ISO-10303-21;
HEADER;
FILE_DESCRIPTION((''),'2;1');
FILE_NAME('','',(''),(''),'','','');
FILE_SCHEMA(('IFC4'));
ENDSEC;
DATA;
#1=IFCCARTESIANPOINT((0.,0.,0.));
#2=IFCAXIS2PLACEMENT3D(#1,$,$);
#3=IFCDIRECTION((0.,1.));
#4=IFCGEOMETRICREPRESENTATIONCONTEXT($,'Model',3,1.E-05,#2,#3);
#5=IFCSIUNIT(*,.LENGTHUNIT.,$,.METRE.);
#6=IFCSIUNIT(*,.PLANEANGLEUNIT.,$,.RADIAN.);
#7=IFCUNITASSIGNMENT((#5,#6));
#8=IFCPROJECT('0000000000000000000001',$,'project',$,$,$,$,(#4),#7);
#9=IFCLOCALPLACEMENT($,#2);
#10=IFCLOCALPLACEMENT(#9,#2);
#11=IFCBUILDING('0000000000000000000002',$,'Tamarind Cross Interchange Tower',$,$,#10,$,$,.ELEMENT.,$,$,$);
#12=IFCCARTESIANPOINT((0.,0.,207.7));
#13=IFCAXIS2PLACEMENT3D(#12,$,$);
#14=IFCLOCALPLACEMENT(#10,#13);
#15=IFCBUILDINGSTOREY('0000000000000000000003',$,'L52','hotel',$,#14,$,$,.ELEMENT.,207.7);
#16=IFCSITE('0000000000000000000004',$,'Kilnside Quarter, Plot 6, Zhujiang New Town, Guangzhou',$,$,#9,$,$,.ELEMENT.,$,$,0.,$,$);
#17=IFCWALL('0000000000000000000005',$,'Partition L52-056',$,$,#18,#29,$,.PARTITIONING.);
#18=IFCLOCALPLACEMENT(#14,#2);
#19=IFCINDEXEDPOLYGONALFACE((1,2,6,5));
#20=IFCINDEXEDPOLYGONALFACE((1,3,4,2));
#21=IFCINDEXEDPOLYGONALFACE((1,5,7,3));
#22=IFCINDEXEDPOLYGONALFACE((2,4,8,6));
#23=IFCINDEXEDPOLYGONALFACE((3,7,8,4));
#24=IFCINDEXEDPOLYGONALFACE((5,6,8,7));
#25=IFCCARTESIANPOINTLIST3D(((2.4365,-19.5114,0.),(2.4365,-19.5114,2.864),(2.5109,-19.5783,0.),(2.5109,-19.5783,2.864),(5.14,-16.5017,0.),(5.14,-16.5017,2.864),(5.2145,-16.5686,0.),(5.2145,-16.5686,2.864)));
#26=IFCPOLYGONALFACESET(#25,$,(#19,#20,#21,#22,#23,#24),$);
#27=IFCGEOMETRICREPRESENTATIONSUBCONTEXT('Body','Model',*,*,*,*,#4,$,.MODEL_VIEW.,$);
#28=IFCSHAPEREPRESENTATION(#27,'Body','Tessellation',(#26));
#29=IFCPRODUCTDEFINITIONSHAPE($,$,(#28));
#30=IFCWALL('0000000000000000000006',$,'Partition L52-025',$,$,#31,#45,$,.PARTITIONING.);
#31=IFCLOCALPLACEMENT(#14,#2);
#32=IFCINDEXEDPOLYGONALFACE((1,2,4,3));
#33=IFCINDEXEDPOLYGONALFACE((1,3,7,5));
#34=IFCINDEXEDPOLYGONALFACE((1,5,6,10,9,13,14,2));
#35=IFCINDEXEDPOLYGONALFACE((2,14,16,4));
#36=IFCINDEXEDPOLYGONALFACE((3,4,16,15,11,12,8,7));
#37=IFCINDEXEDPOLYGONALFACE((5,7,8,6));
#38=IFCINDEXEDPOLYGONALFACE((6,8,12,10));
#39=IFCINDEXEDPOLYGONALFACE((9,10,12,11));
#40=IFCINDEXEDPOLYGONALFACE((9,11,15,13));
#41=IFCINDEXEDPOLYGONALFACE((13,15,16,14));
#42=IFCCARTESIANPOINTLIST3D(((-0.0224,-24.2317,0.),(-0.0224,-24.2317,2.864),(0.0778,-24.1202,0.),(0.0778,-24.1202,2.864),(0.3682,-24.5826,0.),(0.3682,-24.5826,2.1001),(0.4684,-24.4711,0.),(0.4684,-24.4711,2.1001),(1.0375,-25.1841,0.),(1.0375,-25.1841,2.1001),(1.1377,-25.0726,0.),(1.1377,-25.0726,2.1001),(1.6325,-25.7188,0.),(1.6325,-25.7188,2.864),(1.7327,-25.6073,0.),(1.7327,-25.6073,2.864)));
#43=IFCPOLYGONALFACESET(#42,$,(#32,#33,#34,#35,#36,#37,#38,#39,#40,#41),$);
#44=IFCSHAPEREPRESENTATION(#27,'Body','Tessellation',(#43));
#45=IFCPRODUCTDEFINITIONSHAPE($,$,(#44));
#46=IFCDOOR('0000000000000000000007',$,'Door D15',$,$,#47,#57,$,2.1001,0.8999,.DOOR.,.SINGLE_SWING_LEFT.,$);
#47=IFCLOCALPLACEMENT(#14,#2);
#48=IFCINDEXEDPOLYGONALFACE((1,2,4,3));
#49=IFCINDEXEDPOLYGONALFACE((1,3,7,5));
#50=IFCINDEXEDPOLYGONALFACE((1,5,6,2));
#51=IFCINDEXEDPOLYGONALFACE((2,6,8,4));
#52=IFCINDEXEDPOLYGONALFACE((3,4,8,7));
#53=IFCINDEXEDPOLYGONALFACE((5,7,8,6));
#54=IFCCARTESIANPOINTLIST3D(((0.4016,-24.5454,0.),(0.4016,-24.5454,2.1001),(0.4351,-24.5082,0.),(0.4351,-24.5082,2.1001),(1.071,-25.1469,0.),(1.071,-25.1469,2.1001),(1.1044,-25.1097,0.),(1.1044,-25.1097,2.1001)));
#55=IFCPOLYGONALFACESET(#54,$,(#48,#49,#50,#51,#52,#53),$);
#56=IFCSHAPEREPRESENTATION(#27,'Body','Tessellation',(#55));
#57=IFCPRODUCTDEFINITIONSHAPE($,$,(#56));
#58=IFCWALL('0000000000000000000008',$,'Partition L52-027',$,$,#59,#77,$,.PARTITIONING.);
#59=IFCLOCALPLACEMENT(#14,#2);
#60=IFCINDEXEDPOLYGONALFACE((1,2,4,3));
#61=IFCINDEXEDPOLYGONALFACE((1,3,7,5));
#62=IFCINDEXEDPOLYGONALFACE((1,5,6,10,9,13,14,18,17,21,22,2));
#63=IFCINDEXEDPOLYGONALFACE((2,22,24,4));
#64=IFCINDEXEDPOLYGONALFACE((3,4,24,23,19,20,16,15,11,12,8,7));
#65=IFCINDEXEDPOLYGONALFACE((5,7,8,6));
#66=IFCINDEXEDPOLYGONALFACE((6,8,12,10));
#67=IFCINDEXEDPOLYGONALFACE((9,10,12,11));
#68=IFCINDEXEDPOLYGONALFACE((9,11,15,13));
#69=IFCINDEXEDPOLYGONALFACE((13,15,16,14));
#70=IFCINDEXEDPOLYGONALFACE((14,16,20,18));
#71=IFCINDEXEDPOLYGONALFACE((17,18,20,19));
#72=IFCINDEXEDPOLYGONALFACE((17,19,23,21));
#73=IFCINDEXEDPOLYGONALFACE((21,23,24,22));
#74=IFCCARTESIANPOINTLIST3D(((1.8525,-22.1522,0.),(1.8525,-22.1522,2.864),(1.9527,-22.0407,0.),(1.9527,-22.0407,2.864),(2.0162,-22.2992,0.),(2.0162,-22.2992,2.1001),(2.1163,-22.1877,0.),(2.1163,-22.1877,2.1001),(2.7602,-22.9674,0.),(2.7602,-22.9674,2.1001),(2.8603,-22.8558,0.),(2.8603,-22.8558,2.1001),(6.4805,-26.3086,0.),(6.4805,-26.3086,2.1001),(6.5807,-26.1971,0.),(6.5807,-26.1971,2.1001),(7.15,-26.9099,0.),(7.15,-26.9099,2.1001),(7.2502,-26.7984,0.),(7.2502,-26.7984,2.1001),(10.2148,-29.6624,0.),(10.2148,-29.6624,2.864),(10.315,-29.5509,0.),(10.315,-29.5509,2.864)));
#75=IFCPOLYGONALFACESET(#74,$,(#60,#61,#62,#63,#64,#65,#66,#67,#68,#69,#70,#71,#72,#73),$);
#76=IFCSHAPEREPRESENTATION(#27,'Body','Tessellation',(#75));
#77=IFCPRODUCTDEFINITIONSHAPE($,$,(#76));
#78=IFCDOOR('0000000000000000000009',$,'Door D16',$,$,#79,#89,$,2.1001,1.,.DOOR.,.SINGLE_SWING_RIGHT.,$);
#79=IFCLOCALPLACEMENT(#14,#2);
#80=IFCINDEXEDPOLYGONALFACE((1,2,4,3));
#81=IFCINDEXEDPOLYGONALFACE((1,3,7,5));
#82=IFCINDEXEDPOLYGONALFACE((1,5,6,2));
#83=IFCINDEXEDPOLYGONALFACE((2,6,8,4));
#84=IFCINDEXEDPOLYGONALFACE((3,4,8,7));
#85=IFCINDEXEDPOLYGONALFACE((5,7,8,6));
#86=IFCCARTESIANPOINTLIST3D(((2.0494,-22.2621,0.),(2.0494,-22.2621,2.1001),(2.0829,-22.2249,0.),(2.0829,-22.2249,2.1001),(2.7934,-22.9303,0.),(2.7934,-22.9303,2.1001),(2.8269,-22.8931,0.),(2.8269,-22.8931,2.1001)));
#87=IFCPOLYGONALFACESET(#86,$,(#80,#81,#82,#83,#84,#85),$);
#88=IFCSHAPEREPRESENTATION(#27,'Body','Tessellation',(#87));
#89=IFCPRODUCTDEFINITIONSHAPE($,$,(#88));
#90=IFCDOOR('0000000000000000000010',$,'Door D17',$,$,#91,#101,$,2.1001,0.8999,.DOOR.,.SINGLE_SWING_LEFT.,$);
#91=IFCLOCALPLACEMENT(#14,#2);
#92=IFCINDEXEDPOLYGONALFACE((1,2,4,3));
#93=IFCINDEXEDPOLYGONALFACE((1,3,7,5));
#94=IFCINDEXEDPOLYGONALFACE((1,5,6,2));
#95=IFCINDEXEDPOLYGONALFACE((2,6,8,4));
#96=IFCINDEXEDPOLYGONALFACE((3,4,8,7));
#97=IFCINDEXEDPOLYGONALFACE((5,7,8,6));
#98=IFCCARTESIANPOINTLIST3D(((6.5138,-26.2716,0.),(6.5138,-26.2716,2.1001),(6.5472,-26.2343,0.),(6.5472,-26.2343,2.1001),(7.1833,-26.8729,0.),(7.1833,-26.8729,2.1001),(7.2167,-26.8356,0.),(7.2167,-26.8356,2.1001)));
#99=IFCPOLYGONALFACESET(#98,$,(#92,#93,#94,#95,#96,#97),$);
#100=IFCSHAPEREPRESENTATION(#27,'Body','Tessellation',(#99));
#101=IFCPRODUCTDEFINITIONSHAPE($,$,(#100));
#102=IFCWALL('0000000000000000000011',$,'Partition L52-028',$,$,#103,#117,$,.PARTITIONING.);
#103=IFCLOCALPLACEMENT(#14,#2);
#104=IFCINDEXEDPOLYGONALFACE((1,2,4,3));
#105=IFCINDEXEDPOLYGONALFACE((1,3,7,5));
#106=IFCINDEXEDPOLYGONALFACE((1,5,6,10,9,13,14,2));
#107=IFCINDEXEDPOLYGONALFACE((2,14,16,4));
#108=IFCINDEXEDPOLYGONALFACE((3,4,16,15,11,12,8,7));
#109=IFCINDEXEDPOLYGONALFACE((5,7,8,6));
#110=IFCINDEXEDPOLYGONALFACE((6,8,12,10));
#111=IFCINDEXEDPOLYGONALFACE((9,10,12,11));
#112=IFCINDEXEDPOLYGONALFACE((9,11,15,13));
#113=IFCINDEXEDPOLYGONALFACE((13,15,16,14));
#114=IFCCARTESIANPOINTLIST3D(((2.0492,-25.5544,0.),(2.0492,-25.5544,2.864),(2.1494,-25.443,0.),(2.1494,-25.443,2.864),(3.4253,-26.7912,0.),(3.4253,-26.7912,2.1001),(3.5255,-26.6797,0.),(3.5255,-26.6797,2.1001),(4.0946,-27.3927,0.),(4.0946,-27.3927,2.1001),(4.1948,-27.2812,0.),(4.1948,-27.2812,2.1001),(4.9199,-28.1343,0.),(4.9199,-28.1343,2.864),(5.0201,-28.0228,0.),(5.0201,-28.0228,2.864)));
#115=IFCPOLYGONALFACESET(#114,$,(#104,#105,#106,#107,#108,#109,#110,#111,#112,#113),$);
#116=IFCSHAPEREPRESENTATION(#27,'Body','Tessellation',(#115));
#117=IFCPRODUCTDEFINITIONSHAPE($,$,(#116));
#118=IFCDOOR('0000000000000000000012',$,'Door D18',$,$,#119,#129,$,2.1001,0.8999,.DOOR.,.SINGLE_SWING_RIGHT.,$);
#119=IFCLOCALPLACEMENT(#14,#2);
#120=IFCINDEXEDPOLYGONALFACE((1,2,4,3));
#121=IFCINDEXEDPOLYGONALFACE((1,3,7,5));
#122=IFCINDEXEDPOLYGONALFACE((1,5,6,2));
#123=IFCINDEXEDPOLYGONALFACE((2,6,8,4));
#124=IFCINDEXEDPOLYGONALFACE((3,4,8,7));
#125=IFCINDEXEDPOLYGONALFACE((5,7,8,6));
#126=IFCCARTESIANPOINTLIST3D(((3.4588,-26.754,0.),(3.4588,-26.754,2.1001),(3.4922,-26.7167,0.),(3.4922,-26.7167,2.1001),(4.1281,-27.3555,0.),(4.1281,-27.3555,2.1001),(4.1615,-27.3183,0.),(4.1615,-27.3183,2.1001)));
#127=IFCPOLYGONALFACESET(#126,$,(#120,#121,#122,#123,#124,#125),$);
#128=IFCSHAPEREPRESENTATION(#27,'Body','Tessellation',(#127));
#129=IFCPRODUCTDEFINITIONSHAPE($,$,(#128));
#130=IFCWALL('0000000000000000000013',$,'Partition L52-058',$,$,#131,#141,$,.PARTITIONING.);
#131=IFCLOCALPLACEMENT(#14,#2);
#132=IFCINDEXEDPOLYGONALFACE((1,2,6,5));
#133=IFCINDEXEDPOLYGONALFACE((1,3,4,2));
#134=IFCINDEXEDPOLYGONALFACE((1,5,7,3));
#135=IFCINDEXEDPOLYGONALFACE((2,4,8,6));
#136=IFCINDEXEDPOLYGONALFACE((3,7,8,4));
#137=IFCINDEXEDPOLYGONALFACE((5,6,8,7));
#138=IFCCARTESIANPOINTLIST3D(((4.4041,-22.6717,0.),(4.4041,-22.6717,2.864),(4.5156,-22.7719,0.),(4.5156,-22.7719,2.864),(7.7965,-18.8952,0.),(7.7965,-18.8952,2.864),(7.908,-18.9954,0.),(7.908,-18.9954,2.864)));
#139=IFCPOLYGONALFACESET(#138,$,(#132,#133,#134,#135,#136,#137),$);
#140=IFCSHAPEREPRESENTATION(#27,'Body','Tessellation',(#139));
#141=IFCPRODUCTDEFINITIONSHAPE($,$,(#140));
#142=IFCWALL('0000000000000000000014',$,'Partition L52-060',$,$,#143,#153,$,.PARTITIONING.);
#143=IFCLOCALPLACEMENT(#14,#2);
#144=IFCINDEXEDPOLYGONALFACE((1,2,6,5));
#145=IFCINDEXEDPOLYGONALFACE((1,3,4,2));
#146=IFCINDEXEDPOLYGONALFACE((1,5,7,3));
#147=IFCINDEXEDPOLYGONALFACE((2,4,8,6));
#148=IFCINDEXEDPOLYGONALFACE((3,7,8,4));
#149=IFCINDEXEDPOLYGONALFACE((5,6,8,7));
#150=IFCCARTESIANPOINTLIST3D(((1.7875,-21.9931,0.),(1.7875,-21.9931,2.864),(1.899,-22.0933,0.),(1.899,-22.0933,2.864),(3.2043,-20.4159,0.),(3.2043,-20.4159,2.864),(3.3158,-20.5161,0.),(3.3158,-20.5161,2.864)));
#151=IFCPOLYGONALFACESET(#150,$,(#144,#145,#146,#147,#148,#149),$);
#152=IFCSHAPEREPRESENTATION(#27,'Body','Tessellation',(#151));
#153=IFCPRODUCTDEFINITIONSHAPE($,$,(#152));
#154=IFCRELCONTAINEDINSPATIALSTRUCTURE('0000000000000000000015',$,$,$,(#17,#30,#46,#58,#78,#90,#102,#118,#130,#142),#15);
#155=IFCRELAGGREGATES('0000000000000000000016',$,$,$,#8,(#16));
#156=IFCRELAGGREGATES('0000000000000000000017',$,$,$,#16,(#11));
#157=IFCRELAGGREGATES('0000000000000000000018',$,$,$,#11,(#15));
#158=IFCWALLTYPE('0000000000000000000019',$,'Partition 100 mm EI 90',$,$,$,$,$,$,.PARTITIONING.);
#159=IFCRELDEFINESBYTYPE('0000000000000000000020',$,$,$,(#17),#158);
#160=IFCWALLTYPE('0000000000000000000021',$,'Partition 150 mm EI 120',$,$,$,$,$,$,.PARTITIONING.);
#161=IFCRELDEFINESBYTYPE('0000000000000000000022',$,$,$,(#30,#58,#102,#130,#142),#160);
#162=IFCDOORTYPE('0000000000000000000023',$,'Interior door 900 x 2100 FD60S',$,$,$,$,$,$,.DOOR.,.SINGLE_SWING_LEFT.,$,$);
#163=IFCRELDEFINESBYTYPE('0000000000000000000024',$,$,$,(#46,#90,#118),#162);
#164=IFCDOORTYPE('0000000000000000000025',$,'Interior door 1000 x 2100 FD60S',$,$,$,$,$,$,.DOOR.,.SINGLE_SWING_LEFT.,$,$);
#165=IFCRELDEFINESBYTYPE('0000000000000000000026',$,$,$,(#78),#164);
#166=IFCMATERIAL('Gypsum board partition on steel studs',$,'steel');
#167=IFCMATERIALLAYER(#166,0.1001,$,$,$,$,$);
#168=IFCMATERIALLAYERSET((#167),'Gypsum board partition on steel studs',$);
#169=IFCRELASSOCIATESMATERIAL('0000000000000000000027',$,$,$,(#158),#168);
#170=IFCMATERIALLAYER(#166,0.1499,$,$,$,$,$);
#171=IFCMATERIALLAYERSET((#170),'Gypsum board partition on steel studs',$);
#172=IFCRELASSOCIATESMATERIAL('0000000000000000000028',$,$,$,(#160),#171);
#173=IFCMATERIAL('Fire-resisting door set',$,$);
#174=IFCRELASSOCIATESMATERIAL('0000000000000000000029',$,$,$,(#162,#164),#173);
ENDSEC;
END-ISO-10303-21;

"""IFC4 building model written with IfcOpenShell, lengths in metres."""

from ifc_helpers import new_model, si_unit, direction, frame, frame_2d, origin, place, context, subcontext, project, spatial, rectangle, extrude, material, layer, layer_set, type_object, element, fill, save


model = new_model("IFC4")

# Units and contexts
model_context = context("Model", 3, precision=1e-05, world=origin(), true_north=direction((0.0, 1.0)))
body_context = subcontext(model_context, "Body", "Model", "MODEL_VIEW")
ifc_project = project(units=[si_unit("LENGTHUNIT", "METRE"), si_unit("PLANEANGLEUNIT", "RADIAN")], contexts=[model_context])

# Site, building, storey
site_placement = place(None, origin())
site = spatial("IfcSite", under=ifc_project, at=site_placement, Name="Kilnside Quarter, Plot 6, Zhujiang New Town, Guangzhou", CompositionType="ELEMENT", RefElevation=0.0)
building_placement = place(site_placement, origin())
building = spatial("IfcBuilding", under=site, at=building_placement, Name="Tamarind Cross Interchange Tower", CompositionType="ELEMENT")
storey_placement = place(building_placement, frame((0.0, 0.0, 207.7)))
storey = spatial("IfcBuildingStorey", under=building, at=storey_placement, Name="L52", Description="hotel", CompositionType="ELEMENT", Elevation=207.7)

# Wall
ifc_material_1 = material(Name="Gypsum board partition on steel studs", Category="steel")
ifc_layer_1 = layer(ifc_material_1, 0.1001)
ifc_layer_set_1 = layer_set([ifc_layer_1], Name="Gypsum board partition on steel studs")
wall_type_1 = type_object("IfcWallType", Name="Partition 100 mm EI 90", PredefinedType="PARTITIONING", material=ifc_layer_set_1)
wall_1_placement = place(storey_placement, frame((2.4736, -19.5449, 0.0), z_axis=(0.0, 0.0, 1.0), x_axis=(0.668258, 0.74393, 0.0)))
element("IfcWall", 1, at=wall_1_placement, inside=storey, type_object=wall_type_1, Name="Partition L52-056", PredefinedType="PARTITIONING", context=body_context, shape_type="SweptSolid", body=[
    extrude(rectangle(XDim=4.0457, YDim=0.1001, at=frame_2d((2.0229, 0.0))), origin(), (0.0, 0.0, 1.0), 2.864),
])

# Wall, opening, door
ifc_layer_2 = layer(ifc_material_1, 0.1499)
ifc_layer_set_2 = layer_set([ifc_layer_2], Name="Gypsum board partition on steel studs")
wall_type_2 = type_object("IfcWallType", Name="Partition 150 mm EI 120", PredefinedType="PARTITIONING", material=ifc_layer_set_2)
wall_2_placement = place(storey_placement, frame((0.0278, -24.176, 0.0), z_axis=(0.0, 0.0, 1.0), x_axis=(0.743796, -0.668407, 0.0)))
wall_2 = element("IfcWall", 2, at=wall_2_placement, inside=storey, type_object=wall_type_2, Name="Partition L52-025", PredefinedType="PARTITIONING", context=body_context, shape_type="SweptSolid", body=[
    extrude(rectangle(XDim=2.2249, YDim=0.1499, at=frame_2d((1.1123, 0.0))), origin(), (0.0, 0.0, 1.0), 2.864),
])
opening_1_placement = place(wall_2_placement, frame((0.5249, 0.0, 0.0)))
opening_1 = element("IfcOpeningElement", 3, at=opening_1_placement, cuts=wall_2, PredefinedType="OPENING", context=body_context, shape_type="SweptSolid", body=[
    extrude(rectangle(XDim=0.8999, YDim=2.1001, at=frame_2d((0.45, 1.05))), frame((0.0, 0.085, 0.0), z_axis=(0.0, -1.0, 0.0), x_axis=(1.0, 0.0, 0.0)), (0.0, 0.0, 1.0), 0.1699),
])
ifc_material_2 = material(Name="Fire-resisting door set")
door_type_1 = type_object("IfcDoorType", Name="Interior door 900 x 2100 FD60S", OperationType="SINGLE_SWING_LEFT", PredefinedType="DOOR", material=ifc_material_2)
door_1_placement = place(opening_1_placement, frame((0.8999, 0.0, 0.0), z_axis=(0.0, 0.0, 1.0), x_axis=(-1.0, 0.0, 0.0)))
door_1 = element("IfcDoor", 4, at=door_1_placement, inside=storey, type_object=door_type_1, Name="Door D15", OperationType="SINGLE_SWING_LEFT", OverallHeight=2.1001, OverallWidth=0.8999, PredefinedType="DOOR", context=body_context, shape_type="SweptSolid", body=[
    extrude(rectangle(XDim=0.8999, YDim=2.1001, at=frame_2d((0.45, 1.05))), frame((0.0, 0.0249, 0.0), z_axis=(0.0, -1.0, 0.0), x_axis=(1.0, 0.0, 0.0)), (0.0, 0.0, 1.0), 0.05),
])
fill(opening_1, door_1)

# Wall, openings, doors
wall_3_placement = place(storey_placement, frame((1.9026, -22.0964, 0.0), z_axis=(0.0, 0.0, 1.0), x_axis=(0.743994, -0.668187, 0.0)))
wall_3 = element("IfcWall", 5, at=wall_3_placement, inside=storey, type_object=wall_type_2, Name="Partition L52-027", PredefinedType="PARTITIONING", context=body_context, shape_type="SweptSolid", body=[
    extrude(rectangle(XDim=11.2397, YDim=0.1499, at=frame_2d((5.6199, 0.0))), origin(), (0.0, 0.0, 1.0), 2.864),
])
opening_2_placement = place(wall_3_placement, frame((0.22, 0.0, 0.0)))
opening_2 = element("IfcOpeningElement", 6, at=opening_2_placement, cuts=wall_3, PredefinedType="OPENING", context=body_context, shape_type="SweptSolid", body=[
    extrude(rectangle(XDim=1.0, YDim=2.1001, at=frame_2d((0.5, 1.05))), frame((0.0, 0.085, 0.0), z_axis=(0.0, -1.0, 0.0), x_axis=(1.0, 0.0, 0.0)), (0.0, 0.0, 1.0), 0.1699),
])
opening_3_placement = place(wall_3_placement, frame((6.2205, 0.0, 0.0)))
opening_3 = element("IfcOpeningElement", 7, at=opening_3_placement, cuts=wall_3, PredefinedType="OPENING", context=body_context, shape_type="SweptSolid", body=[
    extrude(rectangle(XDim=0.8999, YDim=2.1001, at=frame_2d((0.45, 1.05))), frame((0.0, 0.085, 0.0), z_axis=(0.0, -1.0, 0.0), x_axis=(1.0, 0.0, 0.0)), (0.0, 0.0, 1.0), 0.1699),
])
door_type_2 = type_object("IfcDoorType", Name="Interior door 1000 x 2100 FD60S", OperationType="SINGLE_SWING_LEFT", PredefinedType="DOOR", material=ifc_material_2)
door_2_placement = place(opening_2_placement, origin())
door_2 = element("IfcDoor", 8, at=door_2_placement, inside=storey, type_object=door_type_2, Name="Door D16", OperationType="SINGLE_SWING_RIGHT", OverallHeight=2.1001, OverallWidth=1.0, PredefinedType="DOOR", context=body_context, shape_type="SweptSolid", body=[
    extrude(rectangle(XDim=1.0, YDim=2.1001, at=frame_2d((0.5, 1.05))), frame((0.0, 0.0249, 0.0), z_axis=(0.0, -1.0, 0.0), x_axis=(1.0, 0.0, 0.0)), (0.0, 0.0, 1.0), 0.05),
])
fill(opening_2, door_2)
door_3_placement = place(opening_3_placement, origin())
door_3 = element("IfcDoor", 9, at=door_3_placement, inside=storey, type_object=door_type_1, Name="Door D17", OperationType="SINGLE_SWING_LEFT", OverallHeight=2.1001, OverallWidth=0.8999, PredefinedType="DOOR", context=body_context, shape_type="SweptSolid", body=[
    extrude(rectangle(XDim=0.8999, YDim=2.1001, at=frame_2d((0.45, 1.05))), frame((0.0, 0.0249, 0.0), z_axis=(0.0, -1.0, 0.0), x_axis=(1.0, 0.0, 0.0)), (0.0, 0.0, 1.0), 0.05),
])
fill(opening_3, door_3)

# Wall, opening, door
wall_4_placement = place(storey_placement, frame((2.0994, -25.4988, 0.0), z_axis=(0.0, 0.0, 1.0), x_axis=(0.743772, -0.668433, 0.0)))
wall_4 = element("IfcWall", 10, at=wall_4_placement, inside=storey, type_object=wall_type_2, Name="Partition L52-028", PredefinedType="PARTITIONING", context=body_context, shape_type="SweptSolid", body=[
    extrude(rectangle(XDim=3.8596, YDim=0.1499, at=frame_2d((1.9297, 0.0))), origin(), (0.0, 0.0, 1.0), 2.864),
])
opening_4_placement = place(wall_4_placement, frame((1.8501, 0.0, 0.0)))
opening_4 = element("IfcOpeningElement", 11, at=opening_4_placement, cuts=wall_4, PredefinedType="OPENING", context=body_context, shape_type="SweptSolid", body=[
    extrude(rectangle(XDim=0.8999, YDim=2.1001, at=frame_2d((0.45, 1.05))), frame((0.0, 0.085, 0.0), z_axis=(0.0, -1.0, 0.0), x_axis=(1.0, 0.0, 0.0)), (0.0, 0.0, 1.0), 0.1699),
])
door_4_placement = place(opening_4_placement, frame((0.8999, 0.0, 0.0), z_axis=(0.0, 0.0, 1.0), x_axis=(-1.0, 0.0, 0.0)))
door_4 = element("IfcDoor", 12, at=door_4_placement, inside=storey, type_object=door_type_1, Name="Door D18", OperationType="SINGLE_SWING_RIGHT", OverallHeight=2.1001, OverallWidth=0.8999, PredefinedType="DOOR", context=body_context, shape_type="SweptSolid", body=[
    extrude(rectangle(XDim=0.8999, YDim=2.1001, at=frame_2d((0.45, 1.05))), frame((0.0, 0.0249, 0.0), z_axis=(0.0, -1.0, 0.0), x_axis=(1.0, 0.0, 0.0)), (0.0, 0.0, 1.0), 0.05),
])
fill(opening_4, door_4)

# Walls
wall_5_placement = place(storey_placement, frame((4.46, -22.7217, 0.0), z_axis=(0.0, 0.0, 1.0), x_axis=(0.668268, 0.74392, 0.0)))
element("IfcWall", 13, at=wall_5_placement, inside=storey, type_object=wall_type_2, Name="Partition L52-058", PredefinedType="PARTITIONING", context=body_context, shape_type="SweptSolid", body=[
    extrude(rectangle(XDim=5.0764, YDim=0.1499, at=frame_2d((2.5381, 0.0))), origin(), (0.0, 0.0, 1.0), 2.864),
])
wall_6_placement = place(storey_placement, frame((1.8433, -22.0432, 0.0), z_axis=(0.0, 0.0, 1.0), x_axis=(0.668265, 0.743924, 0.0)))
element("IfcWall", 14, at=wall_6_placement, inside=storey, type_object=wall_type_2, Name="Partition L52-060", PredefinedType="PARTITIONING", context=body_context, shape_type="SweptSolid", body=[
    extrude(rectangle(XDim=2.1201, YDim=0.1499, at=frame_2d((1.0601, 0.0))), origin(), (0.0, 0.0, 1.0), 2.864),
])

save(model, "model.ifc")
